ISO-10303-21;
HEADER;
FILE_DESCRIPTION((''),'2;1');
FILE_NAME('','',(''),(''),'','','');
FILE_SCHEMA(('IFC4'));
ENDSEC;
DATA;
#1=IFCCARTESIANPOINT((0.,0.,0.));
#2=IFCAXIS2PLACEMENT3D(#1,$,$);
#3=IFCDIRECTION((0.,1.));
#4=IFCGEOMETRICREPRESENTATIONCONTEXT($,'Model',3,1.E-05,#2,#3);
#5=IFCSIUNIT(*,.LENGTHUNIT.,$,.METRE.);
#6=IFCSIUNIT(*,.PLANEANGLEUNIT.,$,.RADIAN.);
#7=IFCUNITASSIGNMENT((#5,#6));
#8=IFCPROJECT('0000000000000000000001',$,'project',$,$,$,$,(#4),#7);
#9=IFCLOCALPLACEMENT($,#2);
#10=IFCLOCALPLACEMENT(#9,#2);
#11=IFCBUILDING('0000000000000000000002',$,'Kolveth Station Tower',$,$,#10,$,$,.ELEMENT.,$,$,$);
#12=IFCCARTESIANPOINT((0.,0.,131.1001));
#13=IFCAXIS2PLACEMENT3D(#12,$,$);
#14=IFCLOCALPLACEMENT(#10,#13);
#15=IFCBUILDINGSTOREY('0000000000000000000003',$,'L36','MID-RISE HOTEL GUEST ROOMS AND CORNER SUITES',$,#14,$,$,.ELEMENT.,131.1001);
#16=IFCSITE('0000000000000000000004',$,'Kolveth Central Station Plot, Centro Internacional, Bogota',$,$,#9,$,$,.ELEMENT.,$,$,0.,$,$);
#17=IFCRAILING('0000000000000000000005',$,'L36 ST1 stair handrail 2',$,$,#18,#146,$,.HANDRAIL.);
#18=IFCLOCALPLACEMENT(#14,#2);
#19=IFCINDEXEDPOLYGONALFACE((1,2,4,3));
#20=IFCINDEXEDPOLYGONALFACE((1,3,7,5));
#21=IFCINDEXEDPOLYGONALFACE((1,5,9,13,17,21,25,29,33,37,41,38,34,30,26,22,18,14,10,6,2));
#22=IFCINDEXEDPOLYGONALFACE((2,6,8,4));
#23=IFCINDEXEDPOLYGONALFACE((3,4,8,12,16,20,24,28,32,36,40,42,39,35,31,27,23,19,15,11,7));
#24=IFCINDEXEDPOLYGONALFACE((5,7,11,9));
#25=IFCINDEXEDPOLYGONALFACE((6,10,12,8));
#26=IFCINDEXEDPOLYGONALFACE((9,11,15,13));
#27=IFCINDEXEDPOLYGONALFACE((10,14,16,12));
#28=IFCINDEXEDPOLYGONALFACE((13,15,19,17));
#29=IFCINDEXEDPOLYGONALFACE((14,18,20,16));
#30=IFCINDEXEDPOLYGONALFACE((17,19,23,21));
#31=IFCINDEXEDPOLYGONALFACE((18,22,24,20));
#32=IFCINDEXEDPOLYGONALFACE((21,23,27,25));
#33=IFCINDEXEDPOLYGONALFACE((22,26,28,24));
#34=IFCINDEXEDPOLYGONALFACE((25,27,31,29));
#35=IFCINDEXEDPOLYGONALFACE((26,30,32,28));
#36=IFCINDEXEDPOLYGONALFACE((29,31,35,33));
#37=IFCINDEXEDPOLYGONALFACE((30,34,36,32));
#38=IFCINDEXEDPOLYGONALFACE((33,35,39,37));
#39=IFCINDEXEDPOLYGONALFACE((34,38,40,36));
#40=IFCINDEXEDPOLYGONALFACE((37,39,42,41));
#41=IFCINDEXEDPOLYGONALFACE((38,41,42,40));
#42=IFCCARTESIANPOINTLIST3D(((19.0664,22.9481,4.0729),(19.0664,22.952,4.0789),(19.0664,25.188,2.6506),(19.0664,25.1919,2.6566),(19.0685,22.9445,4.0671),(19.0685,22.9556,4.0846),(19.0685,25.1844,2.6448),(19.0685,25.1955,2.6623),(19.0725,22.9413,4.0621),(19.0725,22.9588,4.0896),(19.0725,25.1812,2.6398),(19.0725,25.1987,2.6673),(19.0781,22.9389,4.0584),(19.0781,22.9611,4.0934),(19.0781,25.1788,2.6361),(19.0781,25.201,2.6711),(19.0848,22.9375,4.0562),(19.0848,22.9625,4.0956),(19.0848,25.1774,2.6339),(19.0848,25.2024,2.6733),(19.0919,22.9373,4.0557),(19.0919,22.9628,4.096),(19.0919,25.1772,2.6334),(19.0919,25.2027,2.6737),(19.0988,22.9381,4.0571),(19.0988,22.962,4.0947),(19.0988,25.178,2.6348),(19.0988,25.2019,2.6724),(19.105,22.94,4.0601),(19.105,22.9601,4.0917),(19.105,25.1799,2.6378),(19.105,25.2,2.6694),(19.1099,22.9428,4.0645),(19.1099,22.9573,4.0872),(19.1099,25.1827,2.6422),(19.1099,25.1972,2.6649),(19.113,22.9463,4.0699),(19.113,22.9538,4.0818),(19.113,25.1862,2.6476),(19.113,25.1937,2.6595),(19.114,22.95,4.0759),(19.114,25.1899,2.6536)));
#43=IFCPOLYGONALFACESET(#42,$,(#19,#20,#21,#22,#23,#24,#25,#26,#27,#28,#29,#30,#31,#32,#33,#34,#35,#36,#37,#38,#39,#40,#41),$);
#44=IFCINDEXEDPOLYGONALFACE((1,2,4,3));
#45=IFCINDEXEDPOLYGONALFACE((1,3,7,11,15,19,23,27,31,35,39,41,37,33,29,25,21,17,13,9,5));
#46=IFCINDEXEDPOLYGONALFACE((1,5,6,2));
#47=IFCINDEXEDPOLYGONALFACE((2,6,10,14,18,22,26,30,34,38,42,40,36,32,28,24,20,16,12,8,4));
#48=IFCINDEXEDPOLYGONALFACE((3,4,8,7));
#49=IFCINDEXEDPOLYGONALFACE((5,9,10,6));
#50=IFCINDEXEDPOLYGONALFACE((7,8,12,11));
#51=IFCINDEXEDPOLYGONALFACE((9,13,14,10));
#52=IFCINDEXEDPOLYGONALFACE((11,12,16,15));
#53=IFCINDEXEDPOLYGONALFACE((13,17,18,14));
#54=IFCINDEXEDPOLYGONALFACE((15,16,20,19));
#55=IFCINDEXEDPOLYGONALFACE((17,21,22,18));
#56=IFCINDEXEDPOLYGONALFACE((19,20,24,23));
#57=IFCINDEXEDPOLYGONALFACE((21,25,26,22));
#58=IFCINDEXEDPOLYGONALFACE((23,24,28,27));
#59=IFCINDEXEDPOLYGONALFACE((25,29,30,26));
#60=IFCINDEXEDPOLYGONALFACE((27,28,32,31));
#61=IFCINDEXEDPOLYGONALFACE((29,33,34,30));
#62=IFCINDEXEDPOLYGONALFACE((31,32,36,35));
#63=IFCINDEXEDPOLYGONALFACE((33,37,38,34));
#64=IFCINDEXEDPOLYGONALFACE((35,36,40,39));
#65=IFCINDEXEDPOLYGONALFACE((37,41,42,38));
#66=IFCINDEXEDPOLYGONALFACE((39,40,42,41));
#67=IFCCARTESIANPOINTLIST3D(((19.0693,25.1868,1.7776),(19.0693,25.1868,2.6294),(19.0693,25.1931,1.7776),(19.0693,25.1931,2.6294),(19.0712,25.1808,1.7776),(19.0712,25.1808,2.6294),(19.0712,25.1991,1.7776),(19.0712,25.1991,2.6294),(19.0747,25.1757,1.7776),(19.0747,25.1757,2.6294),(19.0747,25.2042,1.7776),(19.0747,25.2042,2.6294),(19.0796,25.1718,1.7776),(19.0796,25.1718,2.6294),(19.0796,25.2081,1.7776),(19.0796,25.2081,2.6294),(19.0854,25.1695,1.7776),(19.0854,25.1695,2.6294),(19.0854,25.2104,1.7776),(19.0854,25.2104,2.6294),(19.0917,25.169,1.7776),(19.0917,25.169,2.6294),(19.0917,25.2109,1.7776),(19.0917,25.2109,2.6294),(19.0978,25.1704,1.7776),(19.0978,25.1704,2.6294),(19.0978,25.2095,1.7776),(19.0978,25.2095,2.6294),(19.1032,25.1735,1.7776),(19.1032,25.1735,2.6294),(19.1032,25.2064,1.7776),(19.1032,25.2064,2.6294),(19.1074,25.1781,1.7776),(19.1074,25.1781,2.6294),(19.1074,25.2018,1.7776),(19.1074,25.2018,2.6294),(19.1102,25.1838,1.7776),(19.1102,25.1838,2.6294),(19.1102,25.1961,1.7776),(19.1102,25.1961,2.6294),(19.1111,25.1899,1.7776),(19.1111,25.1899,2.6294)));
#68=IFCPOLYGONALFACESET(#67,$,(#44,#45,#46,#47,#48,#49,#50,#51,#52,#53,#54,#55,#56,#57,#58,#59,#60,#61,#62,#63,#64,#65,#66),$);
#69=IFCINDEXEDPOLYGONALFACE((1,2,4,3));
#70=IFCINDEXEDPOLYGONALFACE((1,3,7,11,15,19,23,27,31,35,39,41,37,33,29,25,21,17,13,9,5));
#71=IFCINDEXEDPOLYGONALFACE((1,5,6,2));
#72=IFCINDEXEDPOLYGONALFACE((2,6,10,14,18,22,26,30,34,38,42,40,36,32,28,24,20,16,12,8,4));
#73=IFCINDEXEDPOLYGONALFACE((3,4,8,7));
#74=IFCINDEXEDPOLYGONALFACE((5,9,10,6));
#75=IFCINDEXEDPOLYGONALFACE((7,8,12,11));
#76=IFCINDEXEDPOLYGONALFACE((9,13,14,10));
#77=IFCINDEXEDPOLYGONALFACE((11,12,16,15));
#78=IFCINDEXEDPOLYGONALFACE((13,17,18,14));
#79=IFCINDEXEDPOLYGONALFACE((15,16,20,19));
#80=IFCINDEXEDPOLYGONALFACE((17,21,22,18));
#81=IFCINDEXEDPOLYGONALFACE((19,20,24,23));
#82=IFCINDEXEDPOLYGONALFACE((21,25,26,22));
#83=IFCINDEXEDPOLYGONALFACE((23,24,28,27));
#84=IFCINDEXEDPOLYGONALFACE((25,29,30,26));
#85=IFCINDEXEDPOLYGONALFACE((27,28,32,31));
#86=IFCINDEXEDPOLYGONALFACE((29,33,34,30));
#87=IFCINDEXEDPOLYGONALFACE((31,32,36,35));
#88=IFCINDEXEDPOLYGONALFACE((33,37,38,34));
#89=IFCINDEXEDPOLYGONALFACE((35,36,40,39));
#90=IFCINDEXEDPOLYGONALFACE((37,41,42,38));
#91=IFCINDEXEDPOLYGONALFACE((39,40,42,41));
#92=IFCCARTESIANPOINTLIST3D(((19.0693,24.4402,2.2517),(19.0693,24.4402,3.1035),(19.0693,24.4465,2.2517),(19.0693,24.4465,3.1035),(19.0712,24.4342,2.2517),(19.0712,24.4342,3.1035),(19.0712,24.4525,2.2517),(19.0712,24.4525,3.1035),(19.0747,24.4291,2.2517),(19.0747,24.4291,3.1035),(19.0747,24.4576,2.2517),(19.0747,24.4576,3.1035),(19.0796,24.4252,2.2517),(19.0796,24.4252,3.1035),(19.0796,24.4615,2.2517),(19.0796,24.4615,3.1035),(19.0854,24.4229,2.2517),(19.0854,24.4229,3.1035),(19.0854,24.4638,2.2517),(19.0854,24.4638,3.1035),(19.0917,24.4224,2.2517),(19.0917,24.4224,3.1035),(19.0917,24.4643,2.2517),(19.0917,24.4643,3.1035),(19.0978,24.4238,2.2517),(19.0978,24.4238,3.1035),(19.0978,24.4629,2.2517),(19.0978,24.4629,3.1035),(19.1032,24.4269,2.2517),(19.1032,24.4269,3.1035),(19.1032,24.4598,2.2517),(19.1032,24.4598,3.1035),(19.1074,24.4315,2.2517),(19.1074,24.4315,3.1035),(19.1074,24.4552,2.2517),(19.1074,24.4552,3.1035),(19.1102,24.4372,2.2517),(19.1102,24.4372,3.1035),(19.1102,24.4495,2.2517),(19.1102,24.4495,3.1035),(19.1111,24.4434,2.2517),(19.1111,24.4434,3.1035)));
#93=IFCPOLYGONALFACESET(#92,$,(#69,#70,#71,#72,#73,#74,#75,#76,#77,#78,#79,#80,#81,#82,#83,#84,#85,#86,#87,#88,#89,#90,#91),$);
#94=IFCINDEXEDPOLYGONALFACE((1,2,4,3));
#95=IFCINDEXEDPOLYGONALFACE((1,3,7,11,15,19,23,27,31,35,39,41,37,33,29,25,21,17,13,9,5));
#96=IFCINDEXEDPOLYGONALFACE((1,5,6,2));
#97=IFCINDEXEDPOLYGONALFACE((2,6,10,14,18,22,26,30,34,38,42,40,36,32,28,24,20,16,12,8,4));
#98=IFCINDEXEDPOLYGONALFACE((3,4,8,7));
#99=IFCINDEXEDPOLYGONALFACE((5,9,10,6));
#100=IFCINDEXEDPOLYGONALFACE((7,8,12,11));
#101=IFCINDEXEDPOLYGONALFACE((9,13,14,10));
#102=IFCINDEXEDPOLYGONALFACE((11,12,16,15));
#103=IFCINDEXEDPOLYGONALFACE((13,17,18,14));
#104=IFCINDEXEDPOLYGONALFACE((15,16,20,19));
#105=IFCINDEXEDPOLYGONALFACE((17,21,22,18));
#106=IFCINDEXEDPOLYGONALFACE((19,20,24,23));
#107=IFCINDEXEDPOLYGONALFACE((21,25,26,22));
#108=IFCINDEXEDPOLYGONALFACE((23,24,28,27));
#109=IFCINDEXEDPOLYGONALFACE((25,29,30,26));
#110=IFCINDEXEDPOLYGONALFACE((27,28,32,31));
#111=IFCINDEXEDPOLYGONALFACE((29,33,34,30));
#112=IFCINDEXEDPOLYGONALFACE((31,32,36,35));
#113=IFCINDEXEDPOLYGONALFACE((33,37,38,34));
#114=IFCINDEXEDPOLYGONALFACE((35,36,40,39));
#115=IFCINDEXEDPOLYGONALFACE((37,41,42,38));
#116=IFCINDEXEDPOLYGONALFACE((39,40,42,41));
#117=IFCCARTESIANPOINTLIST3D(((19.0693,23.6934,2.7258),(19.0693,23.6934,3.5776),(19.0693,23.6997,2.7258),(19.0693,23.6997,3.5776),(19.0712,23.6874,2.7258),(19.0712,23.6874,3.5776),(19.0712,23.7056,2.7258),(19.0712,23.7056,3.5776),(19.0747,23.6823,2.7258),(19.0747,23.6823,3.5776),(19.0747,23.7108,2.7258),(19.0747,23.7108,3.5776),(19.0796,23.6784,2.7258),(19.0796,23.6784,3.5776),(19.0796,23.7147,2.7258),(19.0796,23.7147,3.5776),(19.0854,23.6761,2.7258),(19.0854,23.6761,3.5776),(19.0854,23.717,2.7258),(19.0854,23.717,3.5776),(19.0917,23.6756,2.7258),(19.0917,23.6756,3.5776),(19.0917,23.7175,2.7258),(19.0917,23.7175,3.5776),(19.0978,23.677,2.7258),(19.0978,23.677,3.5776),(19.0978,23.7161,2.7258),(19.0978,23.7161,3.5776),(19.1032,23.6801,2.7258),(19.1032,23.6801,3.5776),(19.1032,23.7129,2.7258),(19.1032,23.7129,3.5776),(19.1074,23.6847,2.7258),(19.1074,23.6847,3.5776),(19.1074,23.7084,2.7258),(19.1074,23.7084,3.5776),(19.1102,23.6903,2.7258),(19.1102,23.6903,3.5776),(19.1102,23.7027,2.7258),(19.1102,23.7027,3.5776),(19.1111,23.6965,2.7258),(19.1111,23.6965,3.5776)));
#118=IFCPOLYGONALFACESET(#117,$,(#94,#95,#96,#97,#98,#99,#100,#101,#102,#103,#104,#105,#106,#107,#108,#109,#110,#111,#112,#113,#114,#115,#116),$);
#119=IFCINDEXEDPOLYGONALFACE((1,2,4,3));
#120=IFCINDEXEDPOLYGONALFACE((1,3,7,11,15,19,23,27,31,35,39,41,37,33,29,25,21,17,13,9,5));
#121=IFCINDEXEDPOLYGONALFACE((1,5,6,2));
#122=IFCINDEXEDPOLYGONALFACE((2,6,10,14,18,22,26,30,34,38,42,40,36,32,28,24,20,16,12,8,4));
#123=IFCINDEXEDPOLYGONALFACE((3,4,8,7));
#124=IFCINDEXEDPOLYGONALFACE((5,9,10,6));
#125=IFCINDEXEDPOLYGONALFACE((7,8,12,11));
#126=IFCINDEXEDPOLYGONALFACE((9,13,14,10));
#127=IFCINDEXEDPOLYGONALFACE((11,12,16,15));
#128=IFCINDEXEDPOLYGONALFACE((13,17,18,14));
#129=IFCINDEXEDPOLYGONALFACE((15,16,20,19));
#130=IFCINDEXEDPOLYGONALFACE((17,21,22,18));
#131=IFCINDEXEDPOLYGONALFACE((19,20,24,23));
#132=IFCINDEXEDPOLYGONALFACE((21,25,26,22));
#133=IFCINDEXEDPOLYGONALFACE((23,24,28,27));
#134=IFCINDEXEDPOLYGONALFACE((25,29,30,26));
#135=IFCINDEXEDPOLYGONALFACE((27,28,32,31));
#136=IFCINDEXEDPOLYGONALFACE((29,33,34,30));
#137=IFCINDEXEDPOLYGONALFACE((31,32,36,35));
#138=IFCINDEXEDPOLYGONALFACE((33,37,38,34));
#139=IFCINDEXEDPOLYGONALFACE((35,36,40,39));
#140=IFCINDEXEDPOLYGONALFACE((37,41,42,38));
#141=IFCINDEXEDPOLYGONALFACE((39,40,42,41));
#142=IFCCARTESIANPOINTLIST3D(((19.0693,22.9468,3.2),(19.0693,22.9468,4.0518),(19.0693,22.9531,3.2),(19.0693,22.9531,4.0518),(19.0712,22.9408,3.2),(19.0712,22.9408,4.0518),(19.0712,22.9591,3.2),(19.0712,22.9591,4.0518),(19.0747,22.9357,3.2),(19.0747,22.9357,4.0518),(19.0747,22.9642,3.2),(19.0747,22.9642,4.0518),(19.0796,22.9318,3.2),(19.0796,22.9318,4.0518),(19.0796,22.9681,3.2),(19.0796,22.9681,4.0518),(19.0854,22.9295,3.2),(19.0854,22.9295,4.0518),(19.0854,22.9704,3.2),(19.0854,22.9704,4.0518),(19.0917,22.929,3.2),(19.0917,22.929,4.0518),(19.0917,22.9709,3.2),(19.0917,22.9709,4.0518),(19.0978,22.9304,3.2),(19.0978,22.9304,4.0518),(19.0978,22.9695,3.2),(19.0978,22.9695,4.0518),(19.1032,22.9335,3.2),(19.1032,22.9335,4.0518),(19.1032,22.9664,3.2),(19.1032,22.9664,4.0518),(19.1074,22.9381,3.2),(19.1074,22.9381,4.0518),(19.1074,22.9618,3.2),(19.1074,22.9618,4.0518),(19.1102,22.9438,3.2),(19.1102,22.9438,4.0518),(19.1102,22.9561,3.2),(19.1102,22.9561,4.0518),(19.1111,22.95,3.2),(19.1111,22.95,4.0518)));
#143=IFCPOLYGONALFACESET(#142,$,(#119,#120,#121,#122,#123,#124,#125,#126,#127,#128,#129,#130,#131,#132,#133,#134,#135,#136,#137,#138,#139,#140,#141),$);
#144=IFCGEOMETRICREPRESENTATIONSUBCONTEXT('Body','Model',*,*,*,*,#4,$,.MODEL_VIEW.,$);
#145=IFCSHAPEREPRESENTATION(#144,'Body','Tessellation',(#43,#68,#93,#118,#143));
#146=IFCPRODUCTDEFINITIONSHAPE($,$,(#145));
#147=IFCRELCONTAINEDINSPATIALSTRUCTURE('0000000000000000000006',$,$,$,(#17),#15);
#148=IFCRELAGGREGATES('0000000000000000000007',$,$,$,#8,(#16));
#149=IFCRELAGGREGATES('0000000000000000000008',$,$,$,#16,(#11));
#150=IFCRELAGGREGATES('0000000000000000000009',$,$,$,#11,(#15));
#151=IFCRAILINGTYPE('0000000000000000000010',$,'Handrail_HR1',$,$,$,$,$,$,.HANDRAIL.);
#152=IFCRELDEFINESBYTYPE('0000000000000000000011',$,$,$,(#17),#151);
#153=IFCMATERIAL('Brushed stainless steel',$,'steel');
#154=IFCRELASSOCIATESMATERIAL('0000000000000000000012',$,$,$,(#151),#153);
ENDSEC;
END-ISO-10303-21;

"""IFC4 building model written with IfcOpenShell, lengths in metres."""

from ifc_helpers import new_model, si_unit, direction, frame, origin, origin_2d, place, context, subcontext, project, spatial, circle, extrude, material, type_object, element, save


model = new_model("IFC4")

# Units and contexts
model_context = context("Model", 3, precision=1e-05, world=origin(), true_north=direction((0.0, 1.0)))
body_context = subcontext(model_context, "Body", "Model", "MODEL_VIEW")
ifc_project = project(units=[si_unit("LENGTHUNIT", "METRE"), si_unit("PLANEANGLEUNIT", "RADIAN")], contexts=[model_context])

# Site, building, storey
site_placement = place(None, origin())
site = spatial("IfcSite", under=ifc_project, at=site_placement, Name="Kolveth Central Station Plot, Centro Internacional, Bogota", CompositionType="ELEMENT", RefElevation=0.0)
building_placement = place(site_placement, origin())
building = spatial("IfcBuilding", under=site, at=building_placement, Name="Kolveth Station Tower", CompositionType="ELEMENT")
storey_placement = place(building_placement, frame((0.0, 0.0, 131.1001)))
storey = spatial("IfcBuildingStorey", under=building, at=storey_placement, Name="L36", Description="MID-RISE HOTEL GUEST ROOMS AND CORNER SUITES", CompositionType="ELEMENT", Elevation=131.1001)

# Railing
ifc_material_1 = material(Name="Brushed stainless steel", Category="steel")
railing_type_1 = type_object("IfcRailingType", Name="Handrail_HR1", PredefinedType="HANDRAIL", material=ifc_material_1)
railing_1_placement = place(storey_placement, frame((19.0901, 25.1899, 1.7776)))
element("IfcRailing", 1, at=railing_1_placement, inside=storey, type_object=railing_type_1, Name="L36 ST1 stair handrail 2", PredefinedType="HANDRAIL", context=body_context, shape_type="SweptSolid", body=[
    extrude(circle(Radius=0.0239, at=origin_2d()), frame((0.0, 0.0, 0.876), z_axis=(0.0, -0.844188, 0.536048), x_axis=(1.0, 0.0, 0.0)), (0.0, 0.0, 1.0), 2.6533),
    extrude(circle(Radius=0.021, at=origin_2d()), origin(), (0.0, 0.0, 1.0), 0.8518),
    extrude(circle(Radius=0.021, at=origin_2d()), frame((0.0, -0.7466, 0.4741)), (0.0, 0.0, 1.0), 0.8518),
    extrude(circle(Radius=0.021, at=origin_2d()), frame((0.0, -1.4934, 0.9482)), (0.0, 0.0, 1.0), 0.8518),
    extrude(circle(Radius=0.021, at=origin_2d()), frame((0.0, -2.24, 1.4224)), (0.0, 0.0, 1.0), 0.8518),
])

save(model, "model.ifc")
